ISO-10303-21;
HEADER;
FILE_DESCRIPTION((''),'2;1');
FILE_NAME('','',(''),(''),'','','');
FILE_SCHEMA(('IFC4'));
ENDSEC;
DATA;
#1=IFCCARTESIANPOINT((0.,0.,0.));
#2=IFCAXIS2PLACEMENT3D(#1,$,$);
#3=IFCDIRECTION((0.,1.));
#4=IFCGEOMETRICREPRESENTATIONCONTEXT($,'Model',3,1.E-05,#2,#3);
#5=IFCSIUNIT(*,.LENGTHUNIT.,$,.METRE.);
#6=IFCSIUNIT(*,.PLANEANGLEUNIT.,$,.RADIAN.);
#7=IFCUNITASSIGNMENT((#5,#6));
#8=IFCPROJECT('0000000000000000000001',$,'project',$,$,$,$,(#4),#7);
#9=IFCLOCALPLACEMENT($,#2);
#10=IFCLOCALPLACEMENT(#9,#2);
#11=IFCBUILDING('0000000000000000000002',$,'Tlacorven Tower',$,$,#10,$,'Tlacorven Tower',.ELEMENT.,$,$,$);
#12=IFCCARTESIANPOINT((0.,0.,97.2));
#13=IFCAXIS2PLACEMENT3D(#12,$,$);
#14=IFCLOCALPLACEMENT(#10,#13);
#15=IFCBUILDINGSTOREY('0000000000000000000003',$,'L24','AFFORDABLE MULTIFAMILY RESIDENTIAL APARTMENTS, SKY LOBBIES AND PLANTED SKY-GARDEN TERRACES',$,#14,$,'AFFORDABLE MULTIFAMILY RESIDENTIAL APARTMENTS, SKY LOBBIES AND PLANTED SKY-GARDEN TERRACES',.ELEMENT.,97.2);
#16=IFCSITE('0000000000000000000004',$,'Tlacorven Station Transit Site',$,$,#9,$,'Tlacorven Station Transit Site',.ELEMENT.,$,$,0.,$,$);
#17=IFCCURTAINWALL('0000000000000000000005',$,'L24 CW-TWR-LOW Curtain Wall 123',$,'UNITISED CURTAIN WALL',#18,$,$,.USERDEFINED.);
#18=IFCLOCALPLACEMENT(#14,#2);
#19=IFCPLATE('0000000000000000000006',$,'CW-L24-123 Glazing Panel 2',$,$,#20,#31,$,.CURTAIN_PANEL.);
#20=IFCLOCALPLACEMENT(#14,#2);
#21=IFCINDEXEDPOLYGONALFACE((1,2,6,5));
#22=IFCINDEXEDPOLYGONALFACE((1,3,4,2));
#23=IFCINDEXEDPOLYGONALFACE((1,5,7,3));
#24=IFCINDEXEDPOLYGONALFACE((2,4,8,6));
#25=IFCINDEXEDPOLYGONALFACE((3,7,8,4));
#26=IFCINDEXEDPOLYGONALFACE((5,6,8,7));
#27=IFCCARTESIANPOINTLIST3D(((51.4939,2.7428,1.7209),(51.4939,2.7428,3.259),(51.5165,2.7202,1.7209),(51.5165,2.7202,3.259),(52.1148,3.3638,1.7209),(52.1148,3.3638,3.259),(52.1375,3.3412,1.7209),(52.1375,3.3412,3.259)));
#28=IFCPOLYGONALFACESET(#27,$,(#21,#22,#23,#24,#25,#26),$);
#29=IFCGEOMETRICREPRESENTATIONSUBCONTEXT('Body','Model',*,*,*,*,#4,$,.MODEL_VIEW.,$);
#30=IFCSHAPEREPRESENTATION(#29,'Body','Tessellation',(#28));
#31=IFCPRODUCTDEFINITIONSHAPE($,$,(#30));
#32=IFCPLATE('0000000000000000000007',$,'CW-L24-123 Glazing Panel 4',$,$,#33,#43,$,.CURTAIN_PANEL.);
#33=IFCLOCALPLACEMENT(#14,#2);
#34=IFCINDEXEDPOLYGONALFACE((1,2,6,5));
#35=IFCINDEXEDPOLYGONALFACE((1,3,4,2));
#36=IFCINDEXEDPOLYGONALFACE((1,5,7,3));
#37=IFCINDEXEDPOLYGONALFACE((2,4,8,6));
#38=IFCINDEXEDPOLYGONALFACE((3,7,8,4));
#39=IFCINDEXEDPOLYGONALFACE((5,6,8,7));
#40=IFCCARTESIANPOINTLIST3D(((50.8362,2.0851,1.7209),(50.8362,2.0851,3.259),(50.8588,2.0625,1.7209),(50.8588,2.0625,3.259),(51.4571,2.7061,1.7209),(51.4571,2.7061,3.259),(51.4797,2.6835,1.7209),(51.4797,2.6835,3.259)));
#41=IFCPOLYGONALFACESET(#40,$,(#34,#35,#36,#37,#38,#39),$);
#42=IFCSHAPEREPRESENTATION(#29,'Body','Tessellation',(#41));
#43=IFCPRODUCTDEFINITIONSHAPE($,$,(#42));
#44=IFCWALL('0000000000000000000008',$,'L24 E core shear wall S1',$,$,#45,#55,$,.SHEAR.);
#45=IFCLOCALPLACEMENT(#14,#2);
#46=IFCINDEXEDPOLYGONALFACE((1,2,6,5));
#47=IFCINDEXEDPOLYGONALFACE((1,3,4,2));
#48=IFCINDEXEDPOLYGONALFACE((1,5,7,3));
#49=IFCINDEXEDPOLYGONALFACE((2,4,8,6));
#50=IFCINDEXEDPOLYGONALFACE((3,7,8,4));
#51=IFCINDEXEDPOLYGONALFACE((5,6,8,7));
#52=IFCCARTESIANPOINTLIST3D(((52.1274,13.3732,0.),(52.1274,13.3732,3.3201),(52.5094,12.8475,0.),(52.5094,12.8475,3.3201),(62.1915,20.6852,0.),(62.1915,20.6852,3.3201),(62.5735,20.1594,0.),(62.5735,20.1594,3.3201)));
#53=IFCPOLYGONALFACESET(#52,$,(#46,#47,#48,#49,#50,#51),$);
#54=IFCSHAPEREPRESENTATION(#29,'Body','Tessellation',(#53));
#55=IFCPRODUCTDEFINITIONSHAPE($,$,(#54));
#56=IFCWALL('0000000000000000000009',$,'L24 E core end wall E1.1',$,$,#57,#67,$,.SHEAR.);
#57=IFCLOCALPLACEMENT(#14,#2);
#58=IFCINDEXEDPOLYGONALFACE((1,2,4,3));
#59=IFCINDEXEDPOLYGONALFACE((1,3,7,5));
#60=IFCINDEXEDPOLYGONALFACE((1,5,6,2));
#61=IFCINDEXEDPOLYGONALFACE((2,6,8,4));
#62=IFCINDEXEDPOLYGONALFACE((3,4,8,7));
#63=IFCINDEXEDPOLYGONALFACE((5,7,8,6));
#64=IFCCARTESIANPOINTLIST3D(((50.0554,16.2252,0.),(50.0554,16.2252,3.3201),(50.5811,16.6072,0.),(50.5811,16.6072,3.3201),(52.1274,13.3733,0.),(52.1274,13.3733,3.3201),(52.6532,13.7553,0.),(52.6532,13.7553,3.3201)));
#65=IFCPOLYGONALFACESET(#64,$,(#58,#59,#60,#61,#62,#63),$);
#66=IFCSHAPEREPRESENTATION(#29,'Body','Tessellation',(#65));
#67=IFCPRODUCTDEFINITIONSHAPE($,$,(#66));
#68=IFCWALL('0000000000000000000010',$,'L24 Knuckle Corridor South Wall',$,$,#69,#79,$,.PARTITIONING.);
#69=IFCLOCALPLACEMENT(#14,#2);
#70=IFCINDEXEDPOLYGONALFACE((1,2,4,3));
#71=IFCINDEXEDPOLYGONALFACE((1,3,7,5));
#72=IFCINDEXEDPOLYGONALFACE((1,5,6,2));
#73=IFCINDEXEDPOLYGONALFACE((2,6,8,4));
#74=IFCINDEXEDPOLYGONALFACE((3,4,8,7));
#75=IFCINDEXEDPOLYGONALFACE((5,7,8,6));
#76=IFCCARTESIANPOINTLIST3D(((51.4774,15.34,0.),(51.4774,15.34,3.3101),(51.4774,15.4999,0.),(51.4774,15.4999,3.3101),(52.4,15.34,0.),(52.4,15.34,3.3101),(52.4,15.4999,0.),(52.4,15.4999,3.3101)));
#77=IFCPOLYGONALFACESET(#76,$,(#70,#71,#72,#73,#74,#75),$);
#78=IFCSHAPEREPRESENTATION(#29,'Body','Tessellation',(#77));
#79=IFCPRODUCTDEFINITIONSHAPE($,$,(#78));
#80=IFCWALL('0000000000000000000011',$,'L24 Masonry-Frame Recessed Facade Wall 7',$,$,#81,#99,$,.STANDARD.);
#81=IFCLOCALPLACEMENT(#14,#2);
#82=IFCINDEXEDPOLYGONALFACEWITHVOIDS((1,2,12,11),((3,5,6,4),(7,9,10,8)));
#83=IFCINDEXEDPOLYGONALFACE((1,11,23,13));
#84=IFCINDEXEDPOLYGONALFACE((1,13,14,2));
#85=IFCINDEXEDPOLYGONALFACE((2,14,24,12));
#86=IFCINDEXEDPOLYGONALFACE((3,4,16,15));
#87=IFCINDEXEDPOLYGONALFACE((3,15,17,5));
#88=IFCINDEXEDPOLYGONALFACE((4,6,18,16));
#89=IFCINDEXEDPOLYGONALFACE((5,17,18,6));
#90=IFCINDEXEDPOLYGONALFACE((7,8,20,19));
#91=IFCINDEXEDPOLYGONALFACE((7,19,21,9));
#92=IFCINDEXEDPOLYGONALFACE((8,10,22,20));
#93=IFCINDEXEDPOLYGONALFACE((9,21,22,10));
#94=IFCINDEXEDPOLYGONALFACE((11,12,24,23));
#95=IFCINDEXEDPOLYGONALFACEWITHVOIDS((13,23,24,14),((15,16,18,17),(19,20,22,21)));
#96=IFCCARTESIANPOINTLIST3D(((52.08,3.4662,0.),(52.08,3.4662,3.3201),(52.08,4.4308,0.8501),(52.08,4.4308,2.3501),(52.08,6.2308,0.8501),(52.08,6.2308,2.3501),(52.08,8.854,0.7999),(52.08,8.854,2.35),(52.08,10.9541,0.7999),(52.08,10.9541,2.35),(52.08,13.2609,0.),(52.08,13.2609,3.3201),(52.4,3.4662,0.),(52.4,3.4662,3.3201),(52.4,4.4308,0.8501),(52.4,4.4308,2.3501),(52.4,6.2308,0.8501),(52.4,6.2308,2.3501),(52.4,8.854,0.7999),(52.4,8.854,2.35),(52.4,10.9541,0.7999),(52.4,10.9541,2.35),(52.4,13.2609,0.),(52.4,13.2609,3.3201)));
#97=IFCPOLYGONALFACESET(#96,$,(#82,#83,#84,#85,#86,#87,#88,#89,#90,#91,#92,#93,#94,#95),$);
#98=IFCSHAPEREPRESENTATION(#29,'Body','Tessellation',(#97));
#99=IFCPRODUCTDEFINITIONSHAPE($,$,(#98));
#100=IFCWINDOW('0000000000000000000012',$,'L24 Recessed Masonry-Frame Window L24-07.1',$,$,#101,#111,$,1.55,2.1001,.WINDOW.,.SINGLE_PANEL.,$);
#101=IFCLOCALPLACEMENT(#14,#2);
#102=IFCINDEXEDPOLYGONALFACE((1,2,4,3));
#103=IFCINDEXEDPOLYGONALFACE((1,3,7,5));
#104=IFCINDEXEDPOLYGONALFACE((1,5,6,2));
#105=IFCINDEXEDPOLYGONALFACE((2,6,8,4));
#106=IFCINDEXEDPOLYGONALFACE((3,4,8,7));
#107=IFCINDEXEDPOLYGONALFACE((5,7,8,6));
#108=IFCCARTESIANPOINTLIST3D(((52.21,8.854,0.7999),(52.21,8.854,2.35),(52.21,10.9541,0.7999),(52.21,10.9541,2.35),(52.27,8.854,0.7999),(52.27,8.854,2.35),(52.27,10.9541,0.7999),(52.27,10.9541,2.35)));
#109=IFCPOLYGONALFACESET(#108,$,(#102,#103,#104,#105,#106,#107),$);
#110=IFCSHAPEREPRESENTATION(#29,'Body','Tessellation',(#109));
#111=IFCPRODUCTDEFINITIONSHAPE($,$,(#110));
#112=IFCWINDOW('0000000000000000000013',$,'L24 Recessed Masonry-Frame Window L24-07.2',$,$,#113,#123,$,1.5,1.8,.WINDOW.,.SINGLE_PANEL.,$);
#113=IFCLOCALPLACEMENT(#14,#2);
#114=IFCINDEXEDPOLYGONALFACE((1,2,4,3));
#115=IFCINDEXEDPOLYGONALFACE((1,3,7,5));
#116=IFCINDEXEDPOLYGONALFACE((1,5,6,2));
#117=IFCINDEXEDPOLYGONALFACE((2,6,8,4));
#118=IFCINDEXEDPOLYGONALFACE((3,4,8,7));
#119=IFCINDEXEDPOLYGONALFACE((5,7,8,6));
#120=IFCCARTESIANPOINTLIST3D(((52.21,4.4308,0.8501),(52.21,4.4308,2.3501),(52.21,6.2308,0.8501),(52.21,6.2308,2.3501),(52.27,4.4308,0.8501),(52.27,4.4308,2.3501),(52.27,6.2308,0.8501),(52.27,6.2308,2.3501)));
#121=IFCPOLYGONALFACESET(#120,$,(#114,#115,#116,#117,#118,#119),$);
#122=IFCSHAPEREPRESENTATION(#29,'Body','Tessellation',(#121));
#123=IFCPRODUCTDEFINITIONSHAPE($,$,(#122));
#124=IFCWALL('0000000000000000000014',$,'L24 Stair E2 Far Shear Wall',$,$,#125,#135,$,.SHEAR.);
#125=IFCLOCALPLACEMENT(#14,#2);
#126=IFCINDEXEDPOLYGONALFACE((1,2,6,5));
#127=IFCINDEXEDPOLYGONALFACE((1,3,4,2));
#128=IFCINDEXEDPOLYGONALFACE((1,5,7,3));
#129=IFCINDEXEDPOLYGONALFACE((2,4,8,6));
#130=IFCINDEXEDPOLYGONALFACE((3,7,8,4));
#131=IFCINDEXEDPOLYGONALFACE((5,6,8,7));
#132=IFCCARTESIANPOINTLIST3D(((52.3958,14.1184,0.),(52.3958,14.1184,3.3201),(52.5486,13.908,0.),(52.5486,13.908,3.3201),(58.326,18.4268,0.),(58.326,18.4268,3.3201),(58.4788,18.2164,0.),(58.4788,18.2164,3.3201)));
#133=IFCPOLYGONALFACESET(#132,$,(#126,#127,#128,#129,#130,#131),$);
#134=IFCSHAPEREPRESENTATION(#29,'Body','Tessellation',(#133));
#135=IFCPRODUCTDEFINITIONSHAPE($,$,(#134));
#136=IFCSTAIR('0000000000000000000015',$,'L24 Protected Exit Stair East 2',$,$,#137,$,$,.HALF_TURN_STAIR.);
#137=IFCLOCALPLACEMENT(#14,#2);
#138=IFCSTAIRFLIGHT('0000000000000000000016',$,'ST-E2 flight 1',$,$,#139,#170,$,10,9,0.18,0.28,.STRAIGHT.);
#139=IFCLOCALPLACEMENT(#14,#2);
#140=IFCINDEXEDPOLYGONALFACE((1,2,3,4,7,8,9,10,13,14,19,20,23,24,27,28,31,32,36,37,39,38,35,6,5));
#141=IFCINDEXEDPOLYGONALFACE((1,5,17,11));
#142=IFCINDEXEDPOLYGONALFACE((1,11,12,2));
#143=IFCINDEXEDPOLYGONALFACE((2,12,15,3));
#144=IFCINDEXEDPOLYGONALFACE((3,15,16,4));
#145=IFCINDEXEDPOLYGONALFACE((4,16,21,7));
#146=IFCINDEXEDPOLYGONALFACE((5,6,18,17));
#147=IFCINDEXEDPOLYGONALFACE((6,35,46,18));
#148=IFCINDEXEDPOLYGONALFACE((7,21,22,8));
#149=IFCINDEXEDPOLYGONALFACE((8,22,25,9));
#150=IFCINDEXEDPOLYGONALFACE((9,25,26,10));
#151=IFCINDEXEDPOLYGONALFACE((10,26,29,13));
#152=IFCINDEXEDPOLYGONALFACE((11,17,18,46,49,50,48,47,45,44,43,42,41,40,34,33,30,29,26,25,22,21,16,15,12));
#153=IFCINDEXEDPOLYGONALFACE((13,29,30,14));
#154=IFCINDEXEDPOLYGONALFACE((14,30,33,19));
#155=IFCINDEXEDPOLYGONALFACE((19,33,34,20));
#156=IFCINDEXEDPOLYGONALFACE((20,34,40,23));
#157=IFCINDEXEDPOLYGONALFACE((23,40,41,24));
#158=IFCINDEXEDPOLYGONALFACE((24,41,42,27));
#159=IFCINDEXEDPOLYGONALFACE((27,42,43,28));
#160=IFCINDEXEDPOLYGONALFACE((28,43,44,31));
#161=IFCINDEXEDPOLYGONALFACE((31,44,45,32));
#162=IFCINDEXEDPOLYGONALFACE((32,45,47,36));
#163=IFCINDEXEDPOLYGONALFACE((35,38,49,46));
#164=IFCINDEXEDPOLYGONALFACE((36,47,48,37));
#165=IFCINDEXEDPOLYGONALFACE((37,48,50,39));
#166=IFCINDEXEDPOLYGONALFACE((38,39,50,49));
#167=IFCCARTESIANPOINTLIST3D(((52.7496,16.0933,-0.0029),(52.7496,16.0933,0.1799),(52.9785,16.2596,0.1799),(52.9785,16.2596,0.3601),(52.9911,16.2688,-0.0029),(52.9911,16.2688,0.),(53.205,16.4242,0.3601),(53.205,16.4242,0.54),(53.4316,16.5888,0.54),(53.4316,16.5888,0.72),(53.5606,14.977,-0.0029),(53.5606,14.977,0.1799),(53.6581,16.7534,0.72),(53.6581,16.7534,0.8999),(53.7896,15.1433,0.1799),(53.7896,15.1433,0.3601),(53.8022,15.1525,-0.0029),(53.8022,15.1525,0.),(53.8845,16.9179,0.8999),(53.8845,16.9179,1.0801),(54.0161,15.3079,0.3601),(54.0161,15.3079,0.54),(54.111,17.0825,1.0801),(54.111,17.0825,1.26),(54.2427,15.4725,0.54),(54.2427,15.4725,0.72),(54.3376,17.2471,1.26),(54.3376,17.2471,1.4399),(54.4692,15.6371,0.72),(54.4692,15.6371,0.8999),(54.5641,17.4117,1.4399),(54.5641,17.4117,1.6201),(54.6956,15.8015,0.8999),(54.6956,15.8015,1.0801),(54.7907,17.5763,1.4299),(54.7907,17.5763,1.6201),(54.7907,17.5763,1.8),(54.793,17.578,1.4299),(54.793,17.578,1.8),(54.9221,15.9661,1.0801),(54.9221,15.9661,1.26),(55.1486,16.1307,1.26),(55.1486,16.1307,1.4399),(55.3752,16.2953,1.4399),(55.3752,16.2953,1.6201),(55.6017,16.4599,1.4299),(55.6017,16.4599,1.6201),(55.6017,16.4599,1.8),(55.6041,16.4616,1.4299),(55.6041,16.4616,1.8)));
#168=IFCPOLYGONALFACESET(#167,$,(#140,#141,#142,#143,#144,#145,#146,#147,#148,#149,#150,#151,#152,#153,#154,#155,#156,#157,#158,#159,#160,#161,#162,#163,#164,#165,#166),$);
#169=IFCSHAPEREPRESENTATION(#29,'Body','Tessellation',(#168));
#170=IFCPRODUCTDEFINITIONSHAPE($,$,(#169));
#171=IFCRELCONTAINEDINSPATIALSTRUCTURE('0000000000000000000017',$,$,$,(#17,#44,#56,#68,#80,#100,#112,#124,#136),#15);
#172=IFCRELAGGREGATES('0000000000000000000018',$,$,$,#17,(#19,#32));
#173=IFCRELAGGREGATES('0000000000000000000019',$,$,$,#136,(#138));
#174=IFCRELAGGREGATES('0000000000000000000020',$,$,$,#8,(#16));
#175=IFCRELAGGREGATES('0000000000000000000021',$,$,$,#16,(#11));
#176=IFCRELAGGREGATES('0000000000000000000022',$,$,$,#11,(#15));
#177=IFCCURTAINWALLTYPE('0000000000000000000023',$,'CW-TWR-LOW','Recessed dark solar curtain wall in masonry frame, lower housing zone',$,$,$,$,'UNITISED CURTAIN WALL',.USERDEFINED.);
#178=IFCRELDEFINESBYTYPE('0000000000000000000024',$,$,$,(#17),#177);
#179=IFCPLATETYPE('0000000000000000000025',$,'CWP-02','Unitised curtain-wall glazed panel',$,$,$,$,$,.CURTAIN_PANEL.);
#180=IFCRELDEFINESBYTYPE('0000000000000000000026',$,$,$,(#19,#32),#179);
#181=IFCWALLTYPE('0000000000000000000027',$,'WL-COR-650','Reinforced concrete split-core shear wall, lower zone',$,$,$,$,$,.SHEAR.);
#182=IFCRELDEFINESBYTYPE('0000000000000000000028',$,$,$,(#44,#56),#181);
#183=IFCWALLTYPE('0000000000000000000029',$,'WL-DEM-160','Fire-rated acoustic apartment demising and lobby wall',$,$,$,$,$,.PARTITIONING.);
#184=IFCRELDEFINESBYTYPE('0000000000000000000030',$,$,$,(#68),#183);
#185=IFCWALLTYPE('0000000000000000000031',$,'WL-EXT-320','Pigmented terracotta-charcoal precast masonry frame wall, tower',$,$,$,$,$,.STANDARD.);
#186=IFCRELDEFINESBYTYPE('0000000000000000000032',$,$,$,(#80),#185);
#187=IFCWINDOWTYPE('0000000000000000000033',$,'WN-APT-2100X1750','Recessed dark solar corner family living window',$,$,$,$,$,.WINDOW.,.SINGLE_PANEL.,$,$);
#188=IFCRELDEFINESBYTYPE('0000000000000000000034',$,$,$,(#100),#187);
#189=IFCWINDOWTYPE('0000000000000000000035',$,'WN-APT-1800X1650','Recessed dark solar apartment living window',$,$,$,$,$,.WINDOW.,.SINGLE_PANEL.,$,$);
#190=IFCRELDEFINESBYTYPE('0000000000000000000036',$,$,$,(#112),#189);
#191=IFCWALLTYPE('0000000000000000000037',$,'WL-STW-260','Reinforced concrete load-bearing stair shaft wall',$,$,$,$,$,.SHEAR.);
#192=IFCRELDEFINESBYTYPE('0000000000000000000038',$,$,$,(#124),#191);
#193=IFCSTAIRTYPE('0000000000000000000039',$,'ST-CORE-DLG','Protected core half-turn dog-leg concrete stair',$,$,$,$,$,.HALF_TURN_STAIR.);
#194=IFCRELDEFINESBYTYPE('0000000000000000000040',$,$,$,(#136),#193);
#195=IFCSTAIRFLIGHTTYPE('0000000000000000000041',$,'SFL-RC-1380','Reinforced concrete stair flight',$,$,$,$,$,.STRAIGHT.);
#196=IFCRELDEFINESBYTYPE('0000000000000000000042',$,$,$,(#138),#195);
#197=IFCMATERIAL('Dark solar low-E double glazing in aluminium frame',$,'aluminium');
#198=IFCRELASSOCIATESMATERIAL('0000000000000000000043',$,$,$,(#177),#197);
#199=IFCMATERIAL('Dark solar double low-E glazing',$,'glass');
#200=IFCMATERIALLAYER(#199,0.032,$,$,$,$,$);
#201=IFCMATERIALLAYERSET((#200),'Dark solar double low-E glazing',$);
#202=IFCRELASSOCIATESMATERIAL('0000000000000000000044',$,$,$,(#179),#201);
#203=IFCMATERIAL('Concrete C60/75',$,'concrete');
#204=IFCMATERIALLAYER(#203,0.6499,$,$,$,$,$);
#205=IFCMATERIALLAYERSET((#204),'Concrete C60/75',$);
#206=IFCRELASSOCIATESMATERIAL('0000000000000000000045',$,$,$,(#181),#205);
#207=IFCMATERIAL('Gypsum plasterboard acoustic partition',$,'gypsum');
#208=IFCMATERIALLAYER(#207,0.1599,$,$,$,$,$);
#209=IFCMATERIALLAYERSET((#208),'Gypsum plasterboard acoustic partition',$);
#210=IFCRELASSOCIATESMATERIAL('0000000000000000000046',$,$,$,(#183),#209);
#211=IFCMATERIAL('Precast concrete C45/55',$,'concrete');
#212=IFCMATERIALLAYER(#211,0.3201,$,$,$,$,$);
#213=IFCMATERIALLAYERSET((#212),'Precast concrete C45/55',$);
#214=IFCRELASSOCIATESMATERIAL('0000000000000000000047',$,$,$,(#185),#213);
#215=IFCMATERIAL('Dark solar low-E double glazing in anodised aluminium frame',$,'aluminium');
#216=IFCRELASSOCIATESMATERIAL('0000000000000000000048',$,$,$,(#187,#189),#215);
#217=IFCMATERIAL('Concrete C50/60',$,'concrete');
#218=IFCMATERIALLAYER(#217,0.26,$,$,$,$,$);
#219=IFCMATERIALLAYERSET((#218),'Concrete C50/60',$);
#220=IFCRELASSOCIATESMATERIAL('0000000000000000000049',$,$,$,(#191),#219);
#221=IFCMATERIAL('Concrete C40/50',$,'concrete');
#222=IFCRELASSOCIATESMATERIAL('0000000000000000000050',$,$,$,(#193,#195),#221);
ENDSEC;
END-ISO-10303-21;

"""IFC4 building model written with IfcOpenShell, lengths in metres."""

from ifc_helpers import new_model, si_unit, direction, frame, frame_2d, origin, origin_2d, place, context, subcontext, project, spatial, polyline, rectangle, outline, extrude, source, transform, mapped, material, layer, layer_set, type_object, element, fill, aggregate, save


model = new_model("IFC4")

# Units and contexts
model_context = context("Model", 3, precision=1e-05, world=origin(), true_north=direction((0.0, 1.0)))
body_context = subcontext(model_context, "Body", "Model", "MODEL_VIEW")
ifc_project = project(units=[si_unit("LENGTHUNIT", "METRE"), si_unit("PLANEANGLEUNIT", "RADIAN")], contexts=[model_context])

# Site, building, storey
site_placement = place(None, origin())
site = spatial("IfcSite", under=ifc_project, at=site_placement, Name="Tlacorven Station Transit Site", LongName="Tlacorven Station Transit Site", CompositionType="ELEMENT", RefElevation=0.0)
building_placement = place(site_placement, origin())
building = spatial("IfcBuilding", under=site, at=building_placement, Name="Tlacorven Tower", LongName="Tlacorven Tower", CompositionType="ELEMENT")
storey_placement = place(building_placement, frame((0.0, 0.0, 97.2)))
storey = spatial("IfcBuildingStorey", under=building, at=storey_placement, Name="L24", Description="AFFORDABLE MULTIFAMILY RESIDENTIAL APARTMENTS, SKY LOBBIES AND PLANTED SKY-GARDEN TERRACES", LongName="AFFORDABLE MULTIFAMILY RESIDENTIAL APARTMENTS, SKY LOBBIES AND PLANTED SKY-GARDEN TERRACES", CompositionType="ELEMENT", Elevation=97.2)

# Curtain wall, plates
ifc_material_1 = material(Name="Dark solar low-E double glazing in aluminium frame", Category="aluminium")
curtain_wall_type = type_object("IfcCurtainWallType", Name="CW-TWR-LOW", Description="Recessed dark solar curtain wall in masonry frame, lower housing zone", ElementType="UNITISED CURTAIN WALL", PredefinedType="USERDEFINED", material=ifc_material_1)
curtain_wall_placement = place(storey_placement, origin())
curtain_wall = element("IfcCurtainWall", 1, at=curtain_wall_placement, inside=storey, type_object=curtain_wall_type, Name="L24 CW-TWR-LOW Curtain Wall 123", ObjectType="UNITISED CURTAIN WALL", PredefinedType="USERDEFINED")
ifc_material_2 = material(Name="Dark solar double low-E glazing", Category="glass")
ifc_layer_1 = layer(ifc_material_2, 0.032)
ifc_layer_set_1 = layer_set([ifc_layer_1], Name="Dark solar double low-E glazing")
plate_type = type_object("IfcPlateType", Name="CWP-02", Description="Unitised curtain-wall glazed panel", PredefinedType="CURTAIN_PANEL", material=ifc_layer_set_1)
shared_shape_1 = source(origin(), body_context, "Body", "SweptSolid", [
    extrude(rectangle(XDim=0.8782, YDim=0.032, at=origin_2d()), origin(), (0.0, 0.0, 1.0), 1.5381),
])
plate_1_placement = place(storey_placement, frame((51.8157, 3.042, 1.7209), z_axis=(0.0, 0.0, 1.0), x_axis=(-0.707107, -0.707107, 0.0)))
plate_1 = element("IfcPlate", 2, at=plate_1_placement, type_object=plate_type, Name="CW-L24-123 Glazing Panel 2", PredefinedType="CURTAIN_PANEL", context=body_context, shape_type="MappedRepresentation", body=[
    mapped(shared_shape_1, transform((0.0, 0.0, 0.0), scale=1.0)),
])
plate_2_placement = place(storey_placement, frame((51.158, 2.3843, 1.7209), z_axis=(0.0, 0.0, 1.0), x_axis=(-0.707107, -0.707107, 0.0)))
plate_2 = element("IfcPlate", 3, at=plate_2_placement, type_object=plate_type, Name="CW-L24-123 Glazing Panel 4", PredefinedType="CURTAIN_PANEL", context=body_context, shape_type="MappedRepresentation", body=[
    mapped(shared_shape_1, transform((0.0, 0.0, 0.0), scale=1.0)),
])
aggregate(curtain_wall, [plate_1, plate_2])

# Walls
ifc_material_3 = material(Name="Concrete C60/75", Category="concrete")
ifc_layer_2 = layer(ifc_material_3, 0.6499)
ifc_layer_set_2 = layer_set([ifc_layer_2], Name="Concrete C60/75")
wall_type_1 = type_object("IfcWallType", Name="WL-COR-650", Description="Reinforced concrete split-core shear wall, lower zone", PredefinedType="SHEAR", material=ifc_layer_set_2)
wall_1_placement = place(storey_placement, frame((52.3184, 13.1104, 0.0), z_axis=(0.0, 0.0, 1.0), x_axis=(0.809019, 0.587782, 0.0)))
element("IfcWall", 4, at=wall_1_placement, inside=storey, type_object=wall_type_1, Name="L24 E core shear wall S1", PredefinedType="SHEAR", context=body_context, shape_type="SweptSolid", body=[
    extrude(rectangle(XDim=12.4399, YDim=0.6499, at=frame_2d((6.22, 0.0))), origin(), (0.0, 0.0, 1.0), 3.3201),
])
wall_2_placement = place(storey_placement, frame((52.3904, 13.5642, 0.0), z_axis=(0.0, 0.0, 1.0), x_axis=(-0.587797, 0.809009, 0.0)))
element("IfcWall", 5, at=wall_2_placement, inside=storey, type_object=wall_type_1, Name="L24 E core end wall E1.1", PredefinedType="SHEAR", context=body_context, shape_type="SweptSolid", body=[
    extrude(rectangle(XDim=3.5251, YDim=0.6499, at=frame_2d((1.7627, 0.0))), origin(), (0.0, 0.0, 1.0), 3.3201),
])
ifc_material_4 = material(Name="Gypsum plasterboard acoustic partition", Category="gypsum")
ifc_layer_3 = layer(ifc_material_4, 0.1599)
ifc_layer_set_3 = layer_set([ifc_layer_3], Name="Gypsum plasterboard acoustic partition")
wall_type_2 = type_object("IfcWallType", Name="WL-DEM-160", Description="Fire-rated acoustic apartment demising and lobby wall", PredefinedType="PARTITIONING", material=ifc_layer_set_3)
wall_3_placement = place(storey_placement, frame((51.4773, 15.4199, 0.0), z_axis=(0.0, 0.0, 1.0), x_axis=(1.0, 0.0, 0.0)))
element("IfcWall", 6, at=wall_3_placement, inside=storey, type_object=wall_type_2, Name="L24 Knuckle Corridor South Wall", PredefinedType="PARTITIONING", context=body_context, shape_type="SweptSolid", body=[
    extrude(rectangle(XDim=0.9226, YDim=0.1599, at=frame_2d((0.4614, 0.0))), origin(), (0.0, 0.0, 1.0), 3.3101),
])

# Wall, openings, windows
ifc_material_5 = material(Name="Precast concrete C45/55", Category="concrete")
ifc_layer_4 = layer(ifc_material_5, 0.3201)
ifc_layer_set_4 = layer_set([ifc_layer_4], Name="Precast concrete C45/55")
wall_type_3 = type_object("IfcWallType", Name="WL-EXT-320", Description="Pigmented terracotta-charcoal precast masonry frame wall, tower", PredefinedType="STANDARD", material=ifc_layer_set_4)
wall_4_placement = place(storey_placement, frame((52.24, 13.261, 0.0), z_axis=(0.0, 0.0, 1.0), x_axis=(0.0, -1.0, 0.0)))
wall_4 = element("IfcWall", 7, at=wall_4_placement, inside=storey, type_object=wall_type_3, Name="L24 Masonry-Frame Recessed Facade Wall 7", PredefinedType="STANDARD", context=body_context, shape_type="SweptSolid", body=[
    extrude(rectangle(XDim=9.7947, YDim=0.3201, at=frame_2d((4.8975, 0.0))), origin(), (0.0, 0.0, 1.0), 3.3201),
])
opening_1_placement = place(wall_4_placement, frame((2.3069, 0.0, 0.8)))
opening_1 = element("IfcOpeningElement", 8, at=opening_1_placement, cuts=wall_4, PredefinedType="OPENING", context=body_context, shape_type="SweptSolid", body=[
    extrude(rectangle(XDim=2.1001, YDim=1.55, at=frame_2d((1.05, 0.7749))), frame((0.0, 0.1699, 0.0), z_axis=(0.0, -1.0, 0.0), x_axis=(1.0, 0.0, 0.0)), (0.0, 0.0, 1.0), 0.3401),
])
opening_2_placement = place(wall_4_placement, frame((7.0303, 0.0, 0.8501)))
opening_2 = element("IfcOpeningElement", 9, at=opening_2_placement, cuts=wall_4, PredefinedType="OPENING", context=body_context, shape_type="SweptSolid", body=[
    extrude(rectangle(XDim=1.8, YDim=1.5, at=frame_2d((0.8999, 0.75))), frame((0.0, 0.1699, 0.0), z_axis=(0.0, -1.0, 0.0), x_axis=(1.0, 0.0, 0.0)), (0.0, 0.0, 1.0), 0.3401),
])
ifc_material_6 = material(Name="Dark solar low-E double glazing in anodised aluminium frame", Category="aluminium")
window_type_1 = type_object("IfcWindowType", Name="WN-APT-2100X1750", Description="Recessed dark solar corner family living window", PartitioningType="SINGLE_PANEL", PredefinedType="WINDOW", material=ifc_material_6)
shared_shape_2 = source(origin(), body_context, "Body", "SweptSolid", [
    extrude(rectangle(XDim=2.1001, YDim=1.55, at=frame_2d((1.05, 0.7749))), frame((0.0, 0.03, 0.0), z_axis=(0.0, -1.0, 0.0), x_axis=(1.0, 0.0, 0.0)), (0.0, 0.0, 1.0), 0.0601),
])
window_1_placement = place(opening_1_placement, origin())
window_1 = element("IfcWindow", 10, at=window_1_placement, inside=storey, type_object=window_type_1, Name="L24 Recessed Masonry-Frame Window L24-07.1", OverallHeight=1.55, OverallWidth=2.1001, PartitioningType="SINGLE_PANEL", PredefinedType="WINDOW", context=body_context, shape_type="MappedRepresentation", body=[
    mapped(shared_shape_2, transform((0.0, 0.0, 0.0), scale=1.0)),
])
fill(opening_1, window_1)
window_type_2 = type_object("IfcWindowType", Name="WN-APT-1800X1650", Description="Recessed dark solar apartment living window", PartitioningType="SINGLE_PANEL", PredefinedType="WINDOW", material=ifc_material_6)
shared_shape_3 = source(origin(), body_context, "Body", "SweptSolid", [
    extrude(rectangle(XDim=1.8, YDim=1.5, at=frame_2d((0.8999, 0.75))), frame((0.0, 0.03, 0.0), z_axis=(0.0, -1.0, 0.0), x_axis=(1.0, 0.0, 0.0)), (0.0, 0.0, 1.0), 0.0601),
])
window_2_placement = place(opening_2_placement, origin())
window_2 = element("IfcWindow", 11, at=window_2_placement, inside=storey, type_object=window_type_2, Name="L24 Recessed Masonry-Frame Window L24-07.2", OverallHeight=1.5, OverallWidth=1.8, PartitioningType="SINGLE_PANEL", PredefinedType="WINDOW", context=body_context, shape_type="MappedRepresentation", body=[
    mapped(shared_shape_3, transform((0.0, 0.0, 0.0), scale=1.0)),
])
fill(opening_2, window_2)

# Wall
ifc_material_7 = material(Name="Concrete C50/60", Category="concrete")
ifc_layer_5 = layer(ifc_material_7, 0.26)
ifc_layer_set_5 = layer_set([ifc_layer_5], Name="Concrete C50/60")
wall_type_4 = type_object("IfcWallType", Name="WL-STW-260", Description="Reinforced concrete load-bearing stair shaft wall", PredefinedType="SHEAR", material=ifc_layer_set_5)
wall_5_placement = place(storey_placement, frame((52.4722, 14.0132, 0.0), z_axis=(0.0, 0.0, 1.0), x_axis=(0.809028, 0.58777, 0.0)))
element("IfcWall", 12, at=wall_5_placement, inside=storey, type_object=wall_type_4, Name="L24 Stair E2 Far Shear Wall", PredefinedType="SHEAR", context=body_context, shape_type="SweptSolid", body=[
    extrude(rectangle(XDim=7.3301, YDim=0.26, at=frame_2d((3.665, 0.0))), origin(), (0.0, 0.0, 1.0), 3.3201),
])

# Stair, stair flight
ifc_material_8 = material(Name="Concrete C40/50", Category="concrete")
stair_type = type_object("IfcStairType", Name="ST-CORE-DLG", Description="Protected core half-turn dog-leg concrete stair", PredefinedType="HALF_TURN_STAIR", material=ifc_material_8)
stair_placement = place(storey_placement, origin())
stair = element("IfcStair", 13, at=stair_placement, inside=storey, type_object=stair_type, Name="L24 Protected Exit Stair East 2", PredefinedType="HALF_TURN_STAIR")
stair_flight_type = type_object("IfcStairFlightType", Name="SFL-RC-1380", Description="Reinforced concrete stair flight", PredefinedType="STRAIGHT", material=ifc_material_8)
shared_shape_4 = source(origin(), body_context, "Body", "SweptSolid", [
    extrude(outline(polyline([(-0.0029, -0.0029), (-0.0029, 0.1799), (0.28, 0.1799), (0.28, 0.3601), (0.5601, 0.3601), (0.5601, 0.54), (0.8401, 0.54), (0.8401, 0.72), (1.1201, 0.72), (1.1201, 0.8999), (1.3999, 0.8999), (1.3999, 1.0801), (1.6799, 1.0801), (1.6799, 1.26), (1.96, 1.26), (1.96, 1.4399), (2.24, 1.4399), (2.24, 1.6201), (2.52, 1.6201), (2.52, 1.8), (2.5229, 1.8), (2.5229, 1.4299), (2.52, 1.4299), (0.2957, 0.0), (0.2957, -0.0029), (-0.0029, -0.0029)])), frame((0.0, 0.6899, 0.0), z_axis=(0.0, -1.0, 0.0), x_axis=(1.0, 0.0, 0.0)), (0.0, 0.0, 1.0), 1.3799),
])
stair_flight_placement = place(storey_placement, frame((53.1575, 15.5369, 0.0), z_axis=(0.0, 0.0, 1.0), x_axis=(0.809017, 0.587785, 0.0)))
stair_flight = element("IfcStairFlight", 14, at=stair_flight_placement, type_object=stair_flight_type, Name="ST-E2 flight 1", NumberOfRisers=10, NumberOfTreads=9, PredefinedType="STRAIGHT", RiserHeight=0.18, TreadLength=0.28, context=body_context, shape_type="MappedRepresentation", body=[
    mapped(shared_shape_4, transform((0.0, 0.0, 0.0), scale=1.0)),
])
aggregate(stair, [stair_flight])

save(model, "model.ifc")
